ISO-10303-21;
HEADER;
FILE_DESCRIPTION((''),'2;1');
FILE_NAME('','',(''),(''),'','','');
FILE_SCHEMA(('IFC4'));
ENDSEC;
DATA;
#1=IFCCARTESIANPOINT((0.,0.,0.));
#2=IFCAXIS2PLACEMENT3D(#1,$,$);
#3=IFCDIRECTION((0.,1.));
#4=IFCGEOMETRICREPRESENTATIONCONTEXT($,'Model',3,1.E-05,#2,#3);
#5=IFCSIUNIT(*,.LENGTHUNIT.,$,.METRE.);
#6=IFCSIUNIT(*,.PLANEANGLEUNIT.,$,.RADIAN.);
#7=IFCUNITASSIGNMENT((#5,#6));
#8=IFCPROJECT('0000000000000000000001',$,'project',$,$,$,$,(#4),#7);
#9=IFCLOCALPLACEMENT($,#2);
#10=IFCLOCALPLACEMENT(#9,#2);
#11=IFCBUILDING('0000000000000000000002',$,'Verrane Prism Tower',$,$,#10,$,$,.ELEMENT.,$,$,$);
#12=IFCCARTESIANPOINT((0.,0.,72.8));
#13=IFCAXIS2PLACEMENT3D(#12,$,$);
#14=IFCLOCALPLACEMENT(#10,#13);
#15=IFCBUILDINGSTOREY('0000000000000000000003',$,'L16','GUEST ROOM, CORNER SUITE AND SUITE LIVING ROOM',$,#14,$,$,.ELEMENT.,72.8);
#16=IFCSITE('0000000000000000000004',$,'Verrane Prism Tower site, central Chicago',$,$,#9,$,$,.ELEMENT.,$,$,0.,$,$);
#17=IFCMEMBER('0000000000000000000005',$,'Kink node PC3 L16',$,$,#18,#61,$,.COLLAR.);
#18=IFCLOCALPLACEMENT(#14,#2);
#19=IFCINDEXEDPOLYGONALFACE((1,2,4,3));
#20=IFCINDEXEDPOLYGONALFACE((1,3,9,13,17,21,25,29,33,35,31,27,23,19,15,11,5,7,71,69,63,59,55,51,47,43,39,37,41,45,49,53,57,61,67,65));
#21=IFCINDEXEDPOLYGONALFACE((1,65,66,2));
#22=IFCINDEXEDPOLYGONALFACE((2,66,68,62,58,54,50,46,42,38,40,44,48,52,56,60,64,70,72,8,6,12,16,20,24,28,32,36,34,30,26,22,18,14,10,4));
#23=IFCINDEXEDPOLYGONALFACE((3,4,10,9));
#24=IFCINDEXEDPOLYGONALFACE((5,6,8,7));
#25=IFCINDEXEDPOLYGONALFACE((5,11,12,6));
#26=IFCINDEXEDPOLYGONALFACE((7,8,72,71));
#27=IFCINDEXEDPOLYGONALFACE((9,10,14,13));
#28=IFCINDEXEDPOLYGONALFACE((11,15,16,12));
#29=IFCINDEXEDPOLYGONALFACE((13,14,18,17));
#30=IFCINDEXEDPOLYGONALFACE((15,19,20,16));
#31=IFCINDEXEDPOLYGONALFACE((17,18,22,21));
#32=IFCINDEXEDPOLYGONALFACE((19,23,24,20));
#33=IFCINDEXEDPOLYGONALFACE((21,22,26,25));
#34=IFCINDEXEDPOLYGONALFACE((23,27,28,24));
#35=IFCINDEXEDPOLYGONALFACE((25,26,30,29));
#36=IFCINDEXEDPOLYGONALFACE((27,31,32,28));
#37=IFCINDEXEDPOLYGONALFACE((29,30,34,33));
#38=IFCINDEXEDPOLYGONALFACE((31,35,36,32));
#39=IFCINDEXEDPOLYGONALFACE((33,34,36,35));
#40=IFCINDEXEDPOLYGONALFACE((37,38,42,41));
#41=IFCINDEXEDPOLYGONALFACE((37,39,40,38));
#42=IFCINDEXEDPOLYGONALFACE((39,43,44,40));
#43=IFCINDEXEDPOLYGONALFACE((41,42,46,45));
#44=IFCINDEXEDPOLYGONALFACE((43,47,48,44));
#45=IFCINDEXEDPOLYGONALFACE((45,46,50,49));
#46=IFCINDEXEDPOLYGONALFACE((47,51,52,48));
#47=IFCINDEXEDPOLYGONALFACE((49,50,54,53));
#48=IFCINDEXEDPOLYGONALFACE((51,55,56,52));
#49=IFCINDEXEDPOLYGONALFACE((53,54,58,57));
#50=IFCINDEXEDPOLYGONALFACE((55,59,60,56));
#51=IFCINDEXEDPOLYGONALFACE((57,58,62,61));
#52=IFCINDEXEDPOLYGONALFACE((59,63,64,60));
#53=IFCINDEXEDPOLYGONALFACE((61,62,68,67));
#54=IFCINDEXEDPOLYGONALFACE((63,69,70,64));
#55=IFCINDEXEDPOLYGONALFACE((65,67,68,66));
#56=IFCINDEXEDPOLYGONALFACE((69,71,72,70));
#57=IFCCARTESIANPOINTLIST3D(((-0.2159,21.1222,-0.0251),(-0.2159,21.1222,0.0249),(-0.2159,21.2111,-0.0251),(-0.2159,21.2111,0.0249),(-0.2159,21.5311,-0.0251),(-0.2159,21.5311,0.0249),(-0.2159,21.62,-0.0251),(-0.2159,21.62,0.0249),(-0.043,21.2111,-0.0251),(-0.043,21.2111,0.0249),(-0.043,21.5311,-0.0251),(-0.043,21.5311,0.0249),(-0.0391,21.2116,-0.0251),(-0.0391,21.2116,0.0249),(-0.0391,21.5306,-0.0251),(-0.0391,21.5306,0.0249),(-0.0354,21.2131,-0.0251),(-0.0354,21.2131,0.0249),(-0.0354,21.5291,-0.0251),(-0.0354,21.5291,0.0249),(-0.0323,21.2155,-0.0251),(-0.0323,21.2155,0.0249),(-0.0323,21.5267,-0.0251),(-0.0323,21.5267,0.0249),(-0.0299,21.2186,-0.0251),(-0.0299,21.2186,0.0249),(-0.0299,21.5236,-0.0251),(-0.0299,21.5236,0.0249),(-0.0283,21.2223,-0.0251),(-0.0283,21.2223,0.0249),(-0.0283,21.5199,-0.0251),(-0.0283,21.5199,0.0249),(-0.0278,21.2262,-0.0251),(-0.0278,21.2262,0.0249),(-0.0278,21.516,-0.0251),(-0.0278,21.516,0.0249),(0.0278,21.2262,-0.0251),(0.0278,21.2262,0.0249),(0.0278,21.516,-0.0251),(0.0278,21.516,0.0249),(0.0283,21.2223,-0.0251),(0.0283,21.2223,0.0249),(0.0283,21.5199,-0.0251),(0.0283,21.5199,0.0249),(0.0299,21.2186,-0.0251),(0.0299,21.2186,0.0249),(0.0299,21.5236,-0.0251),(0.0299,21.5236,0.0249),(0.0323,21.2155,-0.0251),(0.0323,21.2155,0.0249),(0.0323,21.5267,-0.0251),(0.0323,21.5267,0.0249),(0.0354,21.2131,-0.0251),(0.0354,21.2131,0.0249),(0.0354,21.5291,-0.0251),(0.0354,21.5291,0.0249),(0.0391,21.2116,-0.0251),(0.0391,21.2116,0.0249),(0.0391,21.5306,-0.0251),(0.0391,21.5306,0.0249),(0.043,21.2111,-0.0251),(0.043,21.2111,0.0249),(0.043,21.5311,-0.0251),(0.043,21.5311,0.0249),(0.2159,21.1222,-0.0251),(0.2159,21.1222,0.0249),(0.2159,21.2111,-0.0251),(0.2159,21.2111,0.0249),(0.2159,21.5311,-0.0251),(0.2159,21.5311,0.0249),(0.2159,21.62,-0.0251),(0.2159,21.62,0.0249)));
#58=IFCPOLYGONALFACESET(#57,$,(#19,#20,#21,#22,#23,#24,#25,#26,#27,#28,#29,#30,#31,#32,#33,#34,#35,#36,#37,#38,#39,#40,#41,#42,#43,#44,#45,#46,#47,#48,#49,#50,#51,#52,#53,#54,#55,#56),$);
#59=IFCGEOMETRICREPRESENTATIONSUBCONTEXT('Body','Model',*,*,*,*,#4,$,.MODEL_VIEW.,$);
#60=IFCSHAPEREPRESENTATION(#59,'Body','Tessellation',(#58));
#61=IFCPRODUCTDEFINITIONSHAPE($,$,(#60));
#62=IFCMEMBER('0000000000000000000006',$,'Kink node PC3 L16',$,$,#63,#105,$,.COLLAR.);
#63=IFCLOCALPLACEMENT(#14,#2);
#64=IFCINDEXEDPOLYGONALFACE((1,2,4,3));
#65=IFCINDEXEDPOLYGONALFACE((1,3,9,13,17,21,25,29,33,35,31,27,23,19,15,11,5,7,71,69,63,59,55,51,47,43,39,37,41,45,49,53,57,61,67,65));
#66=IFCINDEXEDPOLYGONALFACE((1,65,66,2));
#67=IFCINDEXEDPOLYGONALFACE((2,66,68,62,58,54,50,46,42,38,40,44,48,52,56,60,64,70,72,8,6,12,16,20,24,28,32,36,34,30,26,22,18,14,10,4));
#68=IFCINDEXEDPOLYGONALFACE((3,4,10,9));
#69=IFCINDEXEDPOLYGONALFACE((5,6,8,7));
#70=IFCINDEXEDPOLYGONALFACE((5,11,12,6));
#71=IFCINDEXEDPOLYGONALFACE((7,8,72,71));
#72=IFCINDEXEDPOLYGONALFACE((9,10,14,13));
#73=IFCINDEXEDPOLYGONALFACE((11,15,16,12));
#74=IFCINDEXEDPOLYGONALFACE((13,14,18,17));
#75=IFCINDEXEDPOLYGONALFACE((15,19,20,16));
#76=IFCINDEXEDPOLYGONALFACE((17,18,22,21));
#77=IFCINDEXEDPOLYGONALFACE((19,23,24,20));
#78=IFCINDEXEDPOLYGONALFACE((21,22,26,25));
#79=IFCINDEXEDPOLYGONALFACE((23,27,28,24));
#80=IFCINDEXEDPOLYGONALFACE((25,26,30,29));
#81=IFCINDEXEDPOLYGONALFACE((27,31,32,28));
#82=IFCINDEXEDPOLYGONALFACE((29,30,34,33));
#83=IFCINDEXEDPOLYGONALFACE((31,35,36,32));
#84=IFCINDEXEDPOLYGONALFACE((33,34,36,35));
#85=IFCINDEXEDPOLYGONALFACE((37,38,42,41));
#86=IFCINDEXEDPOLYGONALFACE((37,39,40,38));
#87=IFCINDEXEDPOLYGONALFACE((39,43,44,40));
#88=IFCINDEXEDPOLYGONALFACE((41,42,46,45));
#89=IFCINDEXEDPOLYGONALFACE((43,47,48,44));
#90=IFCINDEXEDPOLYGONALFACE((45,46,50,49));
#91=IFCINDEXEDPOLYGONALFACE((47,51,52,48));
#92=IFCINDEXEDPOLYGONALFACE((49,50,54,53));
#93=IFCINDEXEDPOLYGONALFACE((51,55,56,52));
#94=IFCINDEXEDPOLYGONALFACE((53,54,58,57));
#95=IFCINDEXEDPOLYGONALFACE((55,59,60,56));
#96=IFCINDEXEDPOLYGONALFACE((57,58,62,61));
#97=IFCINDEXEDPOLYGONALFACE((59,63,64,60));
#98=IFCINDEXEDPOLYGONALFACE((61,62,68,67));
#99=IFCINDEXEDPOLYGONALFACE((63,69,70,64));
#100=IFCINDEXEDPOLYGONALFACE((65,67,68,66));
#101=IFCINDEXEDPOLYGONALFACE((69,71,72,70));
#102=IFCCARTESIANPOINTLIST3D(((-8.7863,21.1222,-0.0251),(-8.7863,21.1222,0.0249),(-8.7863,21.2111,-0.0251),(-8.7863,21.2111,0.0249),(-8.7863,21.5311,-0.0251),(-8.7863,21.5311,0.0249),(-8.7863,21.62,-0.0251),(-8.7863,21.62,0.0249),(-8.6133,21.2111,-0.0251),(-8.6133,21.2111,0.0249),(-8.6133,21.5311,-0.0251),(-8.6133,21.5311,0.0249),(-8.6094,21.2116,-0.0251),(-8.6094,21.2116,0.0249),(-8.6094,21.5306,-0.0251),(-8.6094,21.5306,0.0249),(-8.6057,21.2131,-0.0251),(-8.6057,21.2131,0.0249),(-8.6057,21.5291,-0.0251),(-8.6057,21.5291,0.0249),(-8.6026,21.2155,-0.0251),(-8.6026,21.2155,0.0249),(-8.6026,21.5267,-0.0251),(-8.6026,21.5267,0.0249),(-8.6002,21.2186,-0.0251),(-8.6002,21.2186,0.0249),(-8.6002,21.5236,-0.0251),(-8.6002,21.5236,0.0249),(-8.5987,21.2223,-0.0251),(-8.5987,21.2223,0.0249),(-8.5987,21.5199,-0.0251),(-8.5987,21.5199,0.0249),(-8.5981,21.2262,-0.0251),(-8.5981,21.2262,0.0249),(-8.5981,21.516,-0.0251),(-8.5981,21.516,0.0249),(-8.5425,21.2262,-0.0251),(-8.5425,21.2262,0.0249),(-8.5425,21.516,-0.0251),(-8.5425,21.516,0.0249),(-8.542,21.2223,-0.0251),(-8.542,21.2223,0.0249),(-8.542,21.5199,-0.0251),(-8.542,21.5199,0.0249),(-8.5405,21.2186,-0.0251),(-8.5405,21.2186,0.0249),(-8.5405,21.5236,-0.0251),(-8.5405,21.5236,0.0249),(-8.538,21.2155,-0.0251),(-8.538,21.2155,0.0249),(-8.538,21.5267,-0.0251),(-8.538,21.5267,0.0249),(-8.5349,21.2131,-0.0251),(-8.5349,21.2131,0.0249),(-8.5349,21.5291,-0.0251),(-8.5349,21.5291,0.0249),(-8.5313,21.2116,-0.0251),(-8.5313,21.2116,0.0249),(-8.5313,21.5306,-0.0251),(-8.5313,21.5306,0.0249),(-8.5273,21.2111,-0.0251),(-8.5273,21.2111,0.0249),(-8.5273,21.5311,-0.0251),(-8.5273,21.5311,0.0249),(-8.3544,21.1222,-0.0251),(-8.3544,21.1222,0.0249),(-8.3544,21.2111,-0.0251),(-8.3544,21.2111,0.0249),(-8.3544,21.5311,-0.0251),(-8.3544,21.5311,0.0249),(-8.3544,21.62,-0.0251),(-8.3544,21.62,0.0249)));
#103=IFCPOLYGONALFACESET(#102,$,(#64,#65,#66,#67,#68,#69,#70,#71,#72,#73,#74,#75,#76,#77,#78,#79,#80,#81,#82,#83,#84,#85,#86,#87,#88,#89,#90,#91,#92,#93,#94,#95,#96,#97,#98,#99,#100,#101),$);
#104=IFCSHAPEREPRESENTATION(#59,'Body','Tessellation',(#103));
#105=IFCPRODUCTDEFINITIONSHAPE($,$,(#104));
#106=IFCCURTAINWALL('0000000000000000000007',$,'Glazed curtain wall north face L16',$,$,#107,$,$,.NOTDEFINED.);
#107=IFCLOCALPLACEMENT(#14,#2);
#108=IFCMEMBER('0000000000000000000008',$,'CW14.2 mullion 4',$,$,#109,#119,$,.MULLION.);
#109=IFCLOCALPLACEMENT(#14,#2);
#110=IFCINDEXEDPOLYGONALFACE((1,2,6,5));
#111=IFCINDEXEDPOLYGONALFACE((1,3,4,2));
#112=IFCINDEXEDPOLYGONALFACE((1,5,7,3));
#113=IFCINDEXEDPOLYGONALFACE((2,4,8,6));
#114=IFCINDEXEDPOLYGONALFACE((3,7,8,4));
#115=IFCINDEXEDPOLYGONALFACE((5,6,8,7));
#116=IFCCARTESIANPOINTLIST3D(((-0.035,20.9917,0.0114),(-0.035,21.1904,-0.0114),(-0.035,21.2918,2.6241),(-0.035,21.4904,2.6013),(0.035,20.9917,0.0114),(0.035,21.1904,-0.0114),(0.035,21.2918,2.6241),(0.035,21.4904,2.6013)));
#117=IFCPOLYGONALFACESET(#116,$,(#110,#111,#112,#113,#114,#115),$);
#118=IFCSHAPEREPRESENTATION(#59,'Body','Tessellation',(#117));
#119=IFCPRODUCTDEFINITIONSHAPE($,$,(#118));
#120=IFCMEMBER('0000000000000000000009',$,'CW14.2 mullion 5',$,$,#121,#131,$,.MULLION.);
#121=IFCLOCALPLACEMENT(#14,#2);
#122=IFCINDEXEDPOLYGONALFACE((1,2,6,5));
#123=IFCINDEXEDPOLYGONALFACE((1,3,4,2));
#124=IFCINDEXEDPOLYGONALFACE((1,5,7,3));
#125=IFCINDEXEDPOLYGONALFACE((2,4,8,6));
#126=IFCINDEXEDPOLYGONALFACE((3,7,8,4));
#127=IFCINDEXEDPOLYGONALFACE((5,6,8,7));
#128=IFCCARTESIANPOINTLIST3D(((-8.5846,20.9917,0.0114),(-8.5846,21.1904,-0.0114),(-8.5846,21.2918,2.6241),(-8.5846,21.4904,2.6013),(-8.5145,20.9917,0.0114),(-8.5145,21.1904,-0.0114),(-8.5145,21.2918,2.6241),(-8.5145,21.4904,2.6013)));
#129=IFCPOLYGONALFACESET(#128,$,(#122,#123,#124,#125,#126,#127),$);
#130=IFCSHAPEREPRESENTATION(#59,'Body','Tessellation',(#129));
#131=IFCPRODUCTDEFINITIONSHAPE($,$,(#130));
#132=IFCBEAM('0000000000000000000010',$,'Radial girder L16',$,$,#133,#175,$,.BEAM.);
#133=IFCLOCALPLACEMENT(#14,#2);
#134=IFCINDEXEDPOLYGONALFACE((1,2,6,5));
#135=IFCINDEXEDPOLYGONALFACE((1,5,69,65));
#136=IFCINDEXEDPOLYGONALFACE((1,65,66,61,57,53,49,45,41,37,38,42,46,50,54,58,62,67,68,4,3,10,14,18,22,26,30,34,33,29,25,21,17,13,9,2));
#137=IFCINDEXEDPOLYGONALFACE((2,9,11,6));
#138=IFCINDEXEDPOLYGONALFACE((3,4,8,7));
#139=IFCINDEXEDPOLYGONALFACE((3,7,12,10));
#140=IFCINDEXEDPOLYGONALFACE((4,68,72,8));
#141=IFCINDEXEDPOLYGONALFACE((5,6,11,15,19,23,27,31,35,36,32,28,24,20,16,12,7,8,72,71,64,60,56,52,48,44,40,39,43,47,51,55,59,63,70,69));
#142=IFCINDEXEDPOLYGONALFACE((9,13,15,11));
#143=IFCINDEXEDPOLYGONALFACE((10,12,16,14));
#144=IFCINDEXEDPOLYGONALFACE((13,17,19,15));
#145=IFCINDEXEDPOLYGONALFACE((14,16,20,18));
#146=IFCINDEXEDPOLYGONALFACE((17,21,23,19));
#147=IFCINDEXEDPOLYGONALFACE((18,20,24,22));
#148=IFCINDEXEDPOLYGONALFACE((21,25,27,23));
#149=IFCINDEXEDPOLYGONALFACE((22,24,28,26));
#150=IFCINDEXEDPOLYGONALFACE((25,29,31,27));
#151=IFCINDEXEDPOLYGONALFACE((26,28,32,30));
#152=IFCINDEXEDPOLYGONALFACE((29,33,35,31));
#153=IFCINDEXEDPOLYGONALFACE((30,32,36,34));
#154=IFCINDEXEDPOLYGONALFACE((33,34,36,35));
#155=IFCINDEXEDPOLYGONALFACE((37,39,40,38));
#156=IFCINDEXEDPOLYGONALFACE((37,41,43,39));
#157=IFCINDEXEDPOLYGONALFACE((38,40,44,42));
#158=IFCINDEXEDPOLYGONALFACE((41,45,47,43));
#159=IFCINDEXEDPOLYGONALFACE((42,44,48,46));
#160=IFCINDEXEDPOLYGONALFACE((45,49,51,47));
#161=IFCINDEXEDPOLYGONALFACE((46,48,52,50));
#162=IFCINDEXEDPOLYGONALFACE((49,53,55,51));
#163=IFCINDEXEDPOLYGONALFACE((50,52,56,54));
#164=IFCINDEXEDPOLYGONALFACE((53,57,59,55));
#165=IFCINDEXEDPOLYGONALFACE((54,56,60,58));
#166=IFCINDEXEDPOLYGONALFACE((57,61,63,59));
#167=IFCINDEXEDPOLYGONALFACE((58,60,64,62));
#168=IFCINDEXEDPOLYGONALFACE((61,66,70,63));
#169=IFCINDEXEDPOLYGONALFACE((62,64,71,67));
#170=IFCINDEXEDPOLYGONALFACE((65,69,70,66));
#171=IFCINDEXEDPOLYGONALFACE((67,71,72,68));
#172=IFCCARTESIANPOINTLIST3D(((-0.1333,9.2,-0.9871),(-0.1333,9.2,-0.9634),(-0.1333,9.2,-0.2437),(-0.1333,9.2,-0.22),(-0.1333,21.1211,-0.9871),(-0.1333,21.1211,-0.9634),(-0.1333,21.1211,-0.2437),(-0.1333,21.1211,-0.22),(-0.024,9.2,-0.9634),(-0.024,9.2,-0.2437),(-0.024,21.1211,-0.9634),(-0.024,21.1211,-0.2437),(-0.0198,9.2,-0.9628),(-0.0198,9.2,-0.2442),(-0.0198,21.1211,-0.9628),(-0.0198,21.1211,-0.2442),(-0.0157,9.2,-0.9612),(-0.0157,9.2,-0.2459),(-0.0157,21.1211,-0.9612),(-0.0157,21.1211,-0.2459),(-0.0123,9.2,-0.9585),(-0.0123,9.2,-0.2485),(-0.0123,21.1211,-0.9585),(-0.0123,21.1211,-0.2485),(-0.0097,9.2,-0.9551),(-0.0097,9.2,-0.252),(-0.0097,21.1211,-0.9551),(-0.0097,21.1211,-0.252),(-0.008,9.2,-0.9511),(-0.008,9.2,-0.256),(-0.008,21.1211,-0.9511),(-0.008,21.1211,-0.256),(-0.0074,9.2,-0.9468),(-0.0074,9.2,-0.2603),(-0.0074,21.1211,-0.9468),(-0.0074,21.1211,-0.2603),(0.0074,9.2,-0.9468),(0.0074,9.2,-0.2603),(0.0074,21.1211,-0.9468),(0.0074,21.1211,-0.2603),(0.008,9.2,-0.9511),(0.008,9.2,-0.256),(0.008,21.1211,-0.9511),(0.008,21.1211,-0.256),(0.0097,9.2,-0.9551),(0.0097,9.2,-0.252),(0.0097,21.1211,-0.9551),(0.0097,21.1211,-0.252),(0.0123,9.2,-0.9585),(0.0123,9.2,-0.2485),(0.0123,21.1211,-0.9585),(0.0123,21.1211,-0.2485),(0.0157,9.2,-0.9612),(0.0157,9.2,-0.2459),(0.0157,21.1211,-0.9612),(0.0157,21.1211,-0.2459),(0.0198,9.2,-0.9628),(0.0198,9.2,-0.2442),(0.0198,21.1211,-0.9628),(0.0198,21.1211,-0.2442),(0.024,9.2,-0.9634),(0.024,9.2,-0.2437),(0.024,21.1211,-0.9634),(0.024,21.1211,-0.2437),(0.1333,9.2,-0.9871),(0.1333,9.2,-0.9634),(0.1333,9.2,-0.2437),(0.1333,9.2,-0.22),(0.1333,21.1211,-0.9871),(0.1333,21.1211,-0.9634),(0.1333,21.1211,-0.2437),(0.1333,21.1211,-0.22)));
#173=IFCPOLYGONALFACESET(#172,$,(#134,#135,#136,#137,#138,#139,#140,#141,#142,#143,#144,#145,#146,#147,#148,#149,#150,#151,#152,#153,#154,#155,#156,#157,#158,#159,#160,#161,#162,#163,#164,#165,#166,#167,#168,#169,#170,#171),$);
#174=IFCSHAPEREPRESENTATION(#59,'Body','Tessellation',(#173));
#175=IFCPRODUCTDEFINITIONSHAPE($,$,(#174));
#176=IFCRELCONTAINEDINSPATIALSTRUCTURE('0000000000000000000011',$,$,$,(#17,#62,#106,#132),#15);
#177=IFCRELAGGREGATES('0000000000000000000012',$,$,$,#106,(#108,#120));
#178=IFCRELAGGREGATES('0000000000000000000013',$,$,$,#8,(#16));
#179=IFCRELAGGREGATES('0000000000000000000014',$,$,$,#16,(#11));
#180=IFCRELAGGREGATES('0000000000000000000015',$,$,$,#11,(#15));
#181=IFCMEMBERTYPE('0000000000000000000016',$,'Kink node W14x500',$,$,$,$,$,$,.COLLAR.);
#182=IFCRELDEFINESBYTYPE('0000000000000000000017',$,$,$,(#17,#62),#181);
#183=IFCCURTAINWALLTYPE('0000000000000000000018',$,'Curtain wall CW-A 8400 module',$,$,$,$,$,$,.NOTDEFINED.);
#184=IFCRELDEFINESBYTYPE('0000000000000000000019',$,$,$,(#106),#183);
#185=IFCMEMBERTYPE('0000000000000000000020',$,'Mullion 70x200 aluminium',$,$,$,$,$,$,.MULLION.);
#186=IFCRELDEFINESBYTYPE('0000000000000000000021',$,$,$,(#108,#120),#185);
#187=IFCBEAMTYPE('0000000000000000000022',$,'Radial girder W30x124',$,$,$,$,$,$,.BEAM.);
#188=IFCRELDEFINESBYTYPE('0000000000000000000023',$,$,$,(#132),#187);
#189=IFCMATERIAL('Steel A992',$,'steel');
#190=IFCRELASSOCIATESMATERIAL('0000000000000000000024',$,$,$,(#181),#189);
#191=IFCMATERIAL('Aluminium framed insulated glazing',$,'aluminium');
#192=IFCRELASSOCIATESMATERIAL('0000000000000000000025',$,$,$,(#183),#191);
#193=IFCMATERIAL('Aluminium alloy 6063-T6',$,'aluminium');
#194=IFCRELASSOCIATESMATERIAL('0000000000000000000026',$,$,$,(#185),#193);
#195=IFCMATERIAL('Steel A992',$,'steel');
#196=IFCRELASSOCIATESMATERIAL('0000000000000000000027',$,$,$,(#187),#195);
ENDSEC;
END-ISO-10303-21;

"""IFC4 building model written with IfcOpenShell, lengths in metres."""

from ifc_helpers import new_model, si_unit, direction, frame, origin, origin_2d, place, context, subcontext, project, spatial, rectangle, i_section, extrude, material, material_profile, profile_set, type_object, element, aggregate, save


model = new_model("IFC4")

# Units and contexts
model_context = context("Model", 3, precision=1e-05, world=origin(), true_north=direction((0.0, 1.0)))
body_context = subcontext(model_context, "Body", "Model", "MODEL_VIEW")
ifc_project = project(units=[si_unit("LENGTHUNIT", "METRE"), si_unit("PLANEANGLEUNIT", "RADIAN")], contexts=[model_context])

# Site, building, storey
site_placement = place(None, origin())
site = spatial("IfcSite", under=ifc_project, at=site_placement, Name="Verrane Prism Tower site, central Chicago", CompositionType="ELEMENT", RefElevation=0.0)
building_placement = place(site_placement, origin())
building = spatial("IfcBuilding", under=site, at=building_placement, Name="Verrane Prism Tower", CompositionType="ELEMENT")
storey_placement = place(building_placement, frame((0.0, 0.0, 72.8)))
storey = spatial("IfcBuildingStorey", under=building, at=storey_placement, Name="L16", Description="GUEST ROOM, CORNER SUITE AND SUITE LIVING ROOM", CompositionType="ELEMENT", Elevation=72.8)

# Members
ifc_material_1 = material(Name="Steel A992", Category="steel")
ifc_material_profile_1 = material_profile(ifc_material_1, i_section(OverallWidth=0.4319, OverallDepth=0.4978, WebThickness=0.0557, FlangeThickness=0.0889, FilletRadius=0.0151, at=origin_2d()), Name="W14x500")
ifc_profile_set_1 = profile_set([ifc_material_profile_1], Name="Steel A992")
member_type_1 = type_object("IfcMemberType", Name="Kink node W14x500", PredefinedType="COLLAR", material=ifc_profile_set_1)
for number, where, z_axis, x_axis, name in (
    (1, (0.0, 21.3711, -0.0251), (0.0, 0.0, 1.0), (1.0, 0.0, 0.0), "Kink node PC3 L16"),
    (2, (-8.5703, 21.3711, -0.0251), (0.0, 0.0, 1.0), (1.0, 0.0, 0.0), "Kink node PC3 L16"),
):
    element("IfcMember", number, at=place(storey_placement, frame(where, z_axis=z_axis, x_axis=x_axis)), inside=storey, type_object=member_type_1, Name=name, PredefinedType="COLLAR", context=body_context, shape_type="SweptSolid", body=[
        extrude(i_section(OverallWidth=0.4319, OverallDepth=0.4978, WebThickness=0.0557, FlangeThickness=0.0889, FilletRadius=0.0151, at=origin_2d()), origin(), (0.0, 0.0, 1.0), 0.05),
    ])

# Curtain wall, members
ifc_material_2 = material(Name="Aluminium framed insulated glazing", Category="aluminium")
curtain_wall_type = type_object("IfcCurtainWallType", Name="Curtain wall CW-A 8400 module", PredefinedType="NOTDEFINED", material=ifc_material_2)
curtain_wall_placement = place(storey_placement, origin())
curtain_wall = element("IfcCurtainWall", 3, at=curtain_wall_placement, inside=storey, type_object=curtain_wall_type, Name="Glazed curtain wall north face L16", PredefinedType="NOTDEFINED")
ifc_material_3 = material(Name="Aluminium alloy 6063-T6", Category="aluminium")
ifc_material_profile_2 = material_profile(ifc_material_3, rectangle(XDim=0.2, YDim=0.0701, at=origin_2d()), Name="Mullion 70x200 aluminium")
ifc_profile_set_2 = profile_set([ifc_material_profile_2], Name="Aluminium alloy 6063-T6")
member_type_2 = type_object("IfcMemberType", Name="Mullion 70x200 aluminium", PredefinedType="MULLION", material=ifc_profile_set_2)
member_1_placement = place(storey_placement, frame((0.0, 21.0911, 0.0), z_axis=(0.0, 0.114089, 0.993471), x_axis=(0.0, 0.993471, -0.114089)))
member_1 = element("IfcMember", 4, at=member_1_placement, type_object=member_type_2, Name="CW14.2 mullion 4", PredefinedType="MULLION", context=body_context, shape_type="SweptSolid", body=[
    extrude(rectangle(XDim=0.2, YDim=0.0701, at=origin_2d()), origin(), (0.0, 0.0, 1.0), 2.6299),
])
member_2_placement = place(storey_placement, frame((-8.5496, 21.0911, 0.0), z_axis=(0.0, 0.114089, 0.993471), x_axis=(0.0, 0.993471, -0.114089)))
member_2 = element("IfcMember", 5, at=member_2_placement, type_object=member_type_2, Name="CW14.2 mullion 5", PredefinedType="MULLION", context=body_context, shape_type="SweptSolid", body=[
    extrude(rectangle(XDim=0.2, YDim=0.0701, at=origin_2d()), origin(), (0.0, 0.0, 1.0), 2.6299),
])

# Beam
ifc_material_4 = material(Name="Steel A992", Category="steel")
ifc_material_profile_3 = material_profile(ifc_material_4, i_section(OverallWidth=0.2666, OverallDepth=0.7671, WebThickness=0.0149, FlangeThickness=0.0237, FilletRadius=0.0166, at=origin_2d()), Name="W30x124")
ifc_profile_set_3 = profile_set([ifc_material_profile_3], Name="Steel A992")
beam_type_1 = type_object("IfcBeamType", Name="Radial girder W30x124", PredefinedType="BEAM", material=ifc_profile_set_3)
for number, where, z_axis, x_axis, name in (
    (6, (0.0, 21.1211, -0.6035), (0.0, -1.0, 0.0), (1.0, 0.0, 0.0), "Radial girder L16"),
):
    element("IfcBeam", number, at=place(storey_placement, frame(where, z_axis=z_axis, x_axis=x_axis)), inside=storey, type_object=beam_type_1, Name=name, PredefinedType="BEAM", context=body_context, shape_type="SweptSolid", body=[
        extrude(i_section(OverallWidth=0.2666, OverallDepth=0.7671, WebThickness=0.0149, FlangeThickness=0.0237, FilletRadius=0.0166, at=origin_2d()), origin(), (0.0, 0.0, 1.0), 11.9211),
    ])

aggregate(curtain_wall, [member_1, member_2])

save(model, "model.ifc")
